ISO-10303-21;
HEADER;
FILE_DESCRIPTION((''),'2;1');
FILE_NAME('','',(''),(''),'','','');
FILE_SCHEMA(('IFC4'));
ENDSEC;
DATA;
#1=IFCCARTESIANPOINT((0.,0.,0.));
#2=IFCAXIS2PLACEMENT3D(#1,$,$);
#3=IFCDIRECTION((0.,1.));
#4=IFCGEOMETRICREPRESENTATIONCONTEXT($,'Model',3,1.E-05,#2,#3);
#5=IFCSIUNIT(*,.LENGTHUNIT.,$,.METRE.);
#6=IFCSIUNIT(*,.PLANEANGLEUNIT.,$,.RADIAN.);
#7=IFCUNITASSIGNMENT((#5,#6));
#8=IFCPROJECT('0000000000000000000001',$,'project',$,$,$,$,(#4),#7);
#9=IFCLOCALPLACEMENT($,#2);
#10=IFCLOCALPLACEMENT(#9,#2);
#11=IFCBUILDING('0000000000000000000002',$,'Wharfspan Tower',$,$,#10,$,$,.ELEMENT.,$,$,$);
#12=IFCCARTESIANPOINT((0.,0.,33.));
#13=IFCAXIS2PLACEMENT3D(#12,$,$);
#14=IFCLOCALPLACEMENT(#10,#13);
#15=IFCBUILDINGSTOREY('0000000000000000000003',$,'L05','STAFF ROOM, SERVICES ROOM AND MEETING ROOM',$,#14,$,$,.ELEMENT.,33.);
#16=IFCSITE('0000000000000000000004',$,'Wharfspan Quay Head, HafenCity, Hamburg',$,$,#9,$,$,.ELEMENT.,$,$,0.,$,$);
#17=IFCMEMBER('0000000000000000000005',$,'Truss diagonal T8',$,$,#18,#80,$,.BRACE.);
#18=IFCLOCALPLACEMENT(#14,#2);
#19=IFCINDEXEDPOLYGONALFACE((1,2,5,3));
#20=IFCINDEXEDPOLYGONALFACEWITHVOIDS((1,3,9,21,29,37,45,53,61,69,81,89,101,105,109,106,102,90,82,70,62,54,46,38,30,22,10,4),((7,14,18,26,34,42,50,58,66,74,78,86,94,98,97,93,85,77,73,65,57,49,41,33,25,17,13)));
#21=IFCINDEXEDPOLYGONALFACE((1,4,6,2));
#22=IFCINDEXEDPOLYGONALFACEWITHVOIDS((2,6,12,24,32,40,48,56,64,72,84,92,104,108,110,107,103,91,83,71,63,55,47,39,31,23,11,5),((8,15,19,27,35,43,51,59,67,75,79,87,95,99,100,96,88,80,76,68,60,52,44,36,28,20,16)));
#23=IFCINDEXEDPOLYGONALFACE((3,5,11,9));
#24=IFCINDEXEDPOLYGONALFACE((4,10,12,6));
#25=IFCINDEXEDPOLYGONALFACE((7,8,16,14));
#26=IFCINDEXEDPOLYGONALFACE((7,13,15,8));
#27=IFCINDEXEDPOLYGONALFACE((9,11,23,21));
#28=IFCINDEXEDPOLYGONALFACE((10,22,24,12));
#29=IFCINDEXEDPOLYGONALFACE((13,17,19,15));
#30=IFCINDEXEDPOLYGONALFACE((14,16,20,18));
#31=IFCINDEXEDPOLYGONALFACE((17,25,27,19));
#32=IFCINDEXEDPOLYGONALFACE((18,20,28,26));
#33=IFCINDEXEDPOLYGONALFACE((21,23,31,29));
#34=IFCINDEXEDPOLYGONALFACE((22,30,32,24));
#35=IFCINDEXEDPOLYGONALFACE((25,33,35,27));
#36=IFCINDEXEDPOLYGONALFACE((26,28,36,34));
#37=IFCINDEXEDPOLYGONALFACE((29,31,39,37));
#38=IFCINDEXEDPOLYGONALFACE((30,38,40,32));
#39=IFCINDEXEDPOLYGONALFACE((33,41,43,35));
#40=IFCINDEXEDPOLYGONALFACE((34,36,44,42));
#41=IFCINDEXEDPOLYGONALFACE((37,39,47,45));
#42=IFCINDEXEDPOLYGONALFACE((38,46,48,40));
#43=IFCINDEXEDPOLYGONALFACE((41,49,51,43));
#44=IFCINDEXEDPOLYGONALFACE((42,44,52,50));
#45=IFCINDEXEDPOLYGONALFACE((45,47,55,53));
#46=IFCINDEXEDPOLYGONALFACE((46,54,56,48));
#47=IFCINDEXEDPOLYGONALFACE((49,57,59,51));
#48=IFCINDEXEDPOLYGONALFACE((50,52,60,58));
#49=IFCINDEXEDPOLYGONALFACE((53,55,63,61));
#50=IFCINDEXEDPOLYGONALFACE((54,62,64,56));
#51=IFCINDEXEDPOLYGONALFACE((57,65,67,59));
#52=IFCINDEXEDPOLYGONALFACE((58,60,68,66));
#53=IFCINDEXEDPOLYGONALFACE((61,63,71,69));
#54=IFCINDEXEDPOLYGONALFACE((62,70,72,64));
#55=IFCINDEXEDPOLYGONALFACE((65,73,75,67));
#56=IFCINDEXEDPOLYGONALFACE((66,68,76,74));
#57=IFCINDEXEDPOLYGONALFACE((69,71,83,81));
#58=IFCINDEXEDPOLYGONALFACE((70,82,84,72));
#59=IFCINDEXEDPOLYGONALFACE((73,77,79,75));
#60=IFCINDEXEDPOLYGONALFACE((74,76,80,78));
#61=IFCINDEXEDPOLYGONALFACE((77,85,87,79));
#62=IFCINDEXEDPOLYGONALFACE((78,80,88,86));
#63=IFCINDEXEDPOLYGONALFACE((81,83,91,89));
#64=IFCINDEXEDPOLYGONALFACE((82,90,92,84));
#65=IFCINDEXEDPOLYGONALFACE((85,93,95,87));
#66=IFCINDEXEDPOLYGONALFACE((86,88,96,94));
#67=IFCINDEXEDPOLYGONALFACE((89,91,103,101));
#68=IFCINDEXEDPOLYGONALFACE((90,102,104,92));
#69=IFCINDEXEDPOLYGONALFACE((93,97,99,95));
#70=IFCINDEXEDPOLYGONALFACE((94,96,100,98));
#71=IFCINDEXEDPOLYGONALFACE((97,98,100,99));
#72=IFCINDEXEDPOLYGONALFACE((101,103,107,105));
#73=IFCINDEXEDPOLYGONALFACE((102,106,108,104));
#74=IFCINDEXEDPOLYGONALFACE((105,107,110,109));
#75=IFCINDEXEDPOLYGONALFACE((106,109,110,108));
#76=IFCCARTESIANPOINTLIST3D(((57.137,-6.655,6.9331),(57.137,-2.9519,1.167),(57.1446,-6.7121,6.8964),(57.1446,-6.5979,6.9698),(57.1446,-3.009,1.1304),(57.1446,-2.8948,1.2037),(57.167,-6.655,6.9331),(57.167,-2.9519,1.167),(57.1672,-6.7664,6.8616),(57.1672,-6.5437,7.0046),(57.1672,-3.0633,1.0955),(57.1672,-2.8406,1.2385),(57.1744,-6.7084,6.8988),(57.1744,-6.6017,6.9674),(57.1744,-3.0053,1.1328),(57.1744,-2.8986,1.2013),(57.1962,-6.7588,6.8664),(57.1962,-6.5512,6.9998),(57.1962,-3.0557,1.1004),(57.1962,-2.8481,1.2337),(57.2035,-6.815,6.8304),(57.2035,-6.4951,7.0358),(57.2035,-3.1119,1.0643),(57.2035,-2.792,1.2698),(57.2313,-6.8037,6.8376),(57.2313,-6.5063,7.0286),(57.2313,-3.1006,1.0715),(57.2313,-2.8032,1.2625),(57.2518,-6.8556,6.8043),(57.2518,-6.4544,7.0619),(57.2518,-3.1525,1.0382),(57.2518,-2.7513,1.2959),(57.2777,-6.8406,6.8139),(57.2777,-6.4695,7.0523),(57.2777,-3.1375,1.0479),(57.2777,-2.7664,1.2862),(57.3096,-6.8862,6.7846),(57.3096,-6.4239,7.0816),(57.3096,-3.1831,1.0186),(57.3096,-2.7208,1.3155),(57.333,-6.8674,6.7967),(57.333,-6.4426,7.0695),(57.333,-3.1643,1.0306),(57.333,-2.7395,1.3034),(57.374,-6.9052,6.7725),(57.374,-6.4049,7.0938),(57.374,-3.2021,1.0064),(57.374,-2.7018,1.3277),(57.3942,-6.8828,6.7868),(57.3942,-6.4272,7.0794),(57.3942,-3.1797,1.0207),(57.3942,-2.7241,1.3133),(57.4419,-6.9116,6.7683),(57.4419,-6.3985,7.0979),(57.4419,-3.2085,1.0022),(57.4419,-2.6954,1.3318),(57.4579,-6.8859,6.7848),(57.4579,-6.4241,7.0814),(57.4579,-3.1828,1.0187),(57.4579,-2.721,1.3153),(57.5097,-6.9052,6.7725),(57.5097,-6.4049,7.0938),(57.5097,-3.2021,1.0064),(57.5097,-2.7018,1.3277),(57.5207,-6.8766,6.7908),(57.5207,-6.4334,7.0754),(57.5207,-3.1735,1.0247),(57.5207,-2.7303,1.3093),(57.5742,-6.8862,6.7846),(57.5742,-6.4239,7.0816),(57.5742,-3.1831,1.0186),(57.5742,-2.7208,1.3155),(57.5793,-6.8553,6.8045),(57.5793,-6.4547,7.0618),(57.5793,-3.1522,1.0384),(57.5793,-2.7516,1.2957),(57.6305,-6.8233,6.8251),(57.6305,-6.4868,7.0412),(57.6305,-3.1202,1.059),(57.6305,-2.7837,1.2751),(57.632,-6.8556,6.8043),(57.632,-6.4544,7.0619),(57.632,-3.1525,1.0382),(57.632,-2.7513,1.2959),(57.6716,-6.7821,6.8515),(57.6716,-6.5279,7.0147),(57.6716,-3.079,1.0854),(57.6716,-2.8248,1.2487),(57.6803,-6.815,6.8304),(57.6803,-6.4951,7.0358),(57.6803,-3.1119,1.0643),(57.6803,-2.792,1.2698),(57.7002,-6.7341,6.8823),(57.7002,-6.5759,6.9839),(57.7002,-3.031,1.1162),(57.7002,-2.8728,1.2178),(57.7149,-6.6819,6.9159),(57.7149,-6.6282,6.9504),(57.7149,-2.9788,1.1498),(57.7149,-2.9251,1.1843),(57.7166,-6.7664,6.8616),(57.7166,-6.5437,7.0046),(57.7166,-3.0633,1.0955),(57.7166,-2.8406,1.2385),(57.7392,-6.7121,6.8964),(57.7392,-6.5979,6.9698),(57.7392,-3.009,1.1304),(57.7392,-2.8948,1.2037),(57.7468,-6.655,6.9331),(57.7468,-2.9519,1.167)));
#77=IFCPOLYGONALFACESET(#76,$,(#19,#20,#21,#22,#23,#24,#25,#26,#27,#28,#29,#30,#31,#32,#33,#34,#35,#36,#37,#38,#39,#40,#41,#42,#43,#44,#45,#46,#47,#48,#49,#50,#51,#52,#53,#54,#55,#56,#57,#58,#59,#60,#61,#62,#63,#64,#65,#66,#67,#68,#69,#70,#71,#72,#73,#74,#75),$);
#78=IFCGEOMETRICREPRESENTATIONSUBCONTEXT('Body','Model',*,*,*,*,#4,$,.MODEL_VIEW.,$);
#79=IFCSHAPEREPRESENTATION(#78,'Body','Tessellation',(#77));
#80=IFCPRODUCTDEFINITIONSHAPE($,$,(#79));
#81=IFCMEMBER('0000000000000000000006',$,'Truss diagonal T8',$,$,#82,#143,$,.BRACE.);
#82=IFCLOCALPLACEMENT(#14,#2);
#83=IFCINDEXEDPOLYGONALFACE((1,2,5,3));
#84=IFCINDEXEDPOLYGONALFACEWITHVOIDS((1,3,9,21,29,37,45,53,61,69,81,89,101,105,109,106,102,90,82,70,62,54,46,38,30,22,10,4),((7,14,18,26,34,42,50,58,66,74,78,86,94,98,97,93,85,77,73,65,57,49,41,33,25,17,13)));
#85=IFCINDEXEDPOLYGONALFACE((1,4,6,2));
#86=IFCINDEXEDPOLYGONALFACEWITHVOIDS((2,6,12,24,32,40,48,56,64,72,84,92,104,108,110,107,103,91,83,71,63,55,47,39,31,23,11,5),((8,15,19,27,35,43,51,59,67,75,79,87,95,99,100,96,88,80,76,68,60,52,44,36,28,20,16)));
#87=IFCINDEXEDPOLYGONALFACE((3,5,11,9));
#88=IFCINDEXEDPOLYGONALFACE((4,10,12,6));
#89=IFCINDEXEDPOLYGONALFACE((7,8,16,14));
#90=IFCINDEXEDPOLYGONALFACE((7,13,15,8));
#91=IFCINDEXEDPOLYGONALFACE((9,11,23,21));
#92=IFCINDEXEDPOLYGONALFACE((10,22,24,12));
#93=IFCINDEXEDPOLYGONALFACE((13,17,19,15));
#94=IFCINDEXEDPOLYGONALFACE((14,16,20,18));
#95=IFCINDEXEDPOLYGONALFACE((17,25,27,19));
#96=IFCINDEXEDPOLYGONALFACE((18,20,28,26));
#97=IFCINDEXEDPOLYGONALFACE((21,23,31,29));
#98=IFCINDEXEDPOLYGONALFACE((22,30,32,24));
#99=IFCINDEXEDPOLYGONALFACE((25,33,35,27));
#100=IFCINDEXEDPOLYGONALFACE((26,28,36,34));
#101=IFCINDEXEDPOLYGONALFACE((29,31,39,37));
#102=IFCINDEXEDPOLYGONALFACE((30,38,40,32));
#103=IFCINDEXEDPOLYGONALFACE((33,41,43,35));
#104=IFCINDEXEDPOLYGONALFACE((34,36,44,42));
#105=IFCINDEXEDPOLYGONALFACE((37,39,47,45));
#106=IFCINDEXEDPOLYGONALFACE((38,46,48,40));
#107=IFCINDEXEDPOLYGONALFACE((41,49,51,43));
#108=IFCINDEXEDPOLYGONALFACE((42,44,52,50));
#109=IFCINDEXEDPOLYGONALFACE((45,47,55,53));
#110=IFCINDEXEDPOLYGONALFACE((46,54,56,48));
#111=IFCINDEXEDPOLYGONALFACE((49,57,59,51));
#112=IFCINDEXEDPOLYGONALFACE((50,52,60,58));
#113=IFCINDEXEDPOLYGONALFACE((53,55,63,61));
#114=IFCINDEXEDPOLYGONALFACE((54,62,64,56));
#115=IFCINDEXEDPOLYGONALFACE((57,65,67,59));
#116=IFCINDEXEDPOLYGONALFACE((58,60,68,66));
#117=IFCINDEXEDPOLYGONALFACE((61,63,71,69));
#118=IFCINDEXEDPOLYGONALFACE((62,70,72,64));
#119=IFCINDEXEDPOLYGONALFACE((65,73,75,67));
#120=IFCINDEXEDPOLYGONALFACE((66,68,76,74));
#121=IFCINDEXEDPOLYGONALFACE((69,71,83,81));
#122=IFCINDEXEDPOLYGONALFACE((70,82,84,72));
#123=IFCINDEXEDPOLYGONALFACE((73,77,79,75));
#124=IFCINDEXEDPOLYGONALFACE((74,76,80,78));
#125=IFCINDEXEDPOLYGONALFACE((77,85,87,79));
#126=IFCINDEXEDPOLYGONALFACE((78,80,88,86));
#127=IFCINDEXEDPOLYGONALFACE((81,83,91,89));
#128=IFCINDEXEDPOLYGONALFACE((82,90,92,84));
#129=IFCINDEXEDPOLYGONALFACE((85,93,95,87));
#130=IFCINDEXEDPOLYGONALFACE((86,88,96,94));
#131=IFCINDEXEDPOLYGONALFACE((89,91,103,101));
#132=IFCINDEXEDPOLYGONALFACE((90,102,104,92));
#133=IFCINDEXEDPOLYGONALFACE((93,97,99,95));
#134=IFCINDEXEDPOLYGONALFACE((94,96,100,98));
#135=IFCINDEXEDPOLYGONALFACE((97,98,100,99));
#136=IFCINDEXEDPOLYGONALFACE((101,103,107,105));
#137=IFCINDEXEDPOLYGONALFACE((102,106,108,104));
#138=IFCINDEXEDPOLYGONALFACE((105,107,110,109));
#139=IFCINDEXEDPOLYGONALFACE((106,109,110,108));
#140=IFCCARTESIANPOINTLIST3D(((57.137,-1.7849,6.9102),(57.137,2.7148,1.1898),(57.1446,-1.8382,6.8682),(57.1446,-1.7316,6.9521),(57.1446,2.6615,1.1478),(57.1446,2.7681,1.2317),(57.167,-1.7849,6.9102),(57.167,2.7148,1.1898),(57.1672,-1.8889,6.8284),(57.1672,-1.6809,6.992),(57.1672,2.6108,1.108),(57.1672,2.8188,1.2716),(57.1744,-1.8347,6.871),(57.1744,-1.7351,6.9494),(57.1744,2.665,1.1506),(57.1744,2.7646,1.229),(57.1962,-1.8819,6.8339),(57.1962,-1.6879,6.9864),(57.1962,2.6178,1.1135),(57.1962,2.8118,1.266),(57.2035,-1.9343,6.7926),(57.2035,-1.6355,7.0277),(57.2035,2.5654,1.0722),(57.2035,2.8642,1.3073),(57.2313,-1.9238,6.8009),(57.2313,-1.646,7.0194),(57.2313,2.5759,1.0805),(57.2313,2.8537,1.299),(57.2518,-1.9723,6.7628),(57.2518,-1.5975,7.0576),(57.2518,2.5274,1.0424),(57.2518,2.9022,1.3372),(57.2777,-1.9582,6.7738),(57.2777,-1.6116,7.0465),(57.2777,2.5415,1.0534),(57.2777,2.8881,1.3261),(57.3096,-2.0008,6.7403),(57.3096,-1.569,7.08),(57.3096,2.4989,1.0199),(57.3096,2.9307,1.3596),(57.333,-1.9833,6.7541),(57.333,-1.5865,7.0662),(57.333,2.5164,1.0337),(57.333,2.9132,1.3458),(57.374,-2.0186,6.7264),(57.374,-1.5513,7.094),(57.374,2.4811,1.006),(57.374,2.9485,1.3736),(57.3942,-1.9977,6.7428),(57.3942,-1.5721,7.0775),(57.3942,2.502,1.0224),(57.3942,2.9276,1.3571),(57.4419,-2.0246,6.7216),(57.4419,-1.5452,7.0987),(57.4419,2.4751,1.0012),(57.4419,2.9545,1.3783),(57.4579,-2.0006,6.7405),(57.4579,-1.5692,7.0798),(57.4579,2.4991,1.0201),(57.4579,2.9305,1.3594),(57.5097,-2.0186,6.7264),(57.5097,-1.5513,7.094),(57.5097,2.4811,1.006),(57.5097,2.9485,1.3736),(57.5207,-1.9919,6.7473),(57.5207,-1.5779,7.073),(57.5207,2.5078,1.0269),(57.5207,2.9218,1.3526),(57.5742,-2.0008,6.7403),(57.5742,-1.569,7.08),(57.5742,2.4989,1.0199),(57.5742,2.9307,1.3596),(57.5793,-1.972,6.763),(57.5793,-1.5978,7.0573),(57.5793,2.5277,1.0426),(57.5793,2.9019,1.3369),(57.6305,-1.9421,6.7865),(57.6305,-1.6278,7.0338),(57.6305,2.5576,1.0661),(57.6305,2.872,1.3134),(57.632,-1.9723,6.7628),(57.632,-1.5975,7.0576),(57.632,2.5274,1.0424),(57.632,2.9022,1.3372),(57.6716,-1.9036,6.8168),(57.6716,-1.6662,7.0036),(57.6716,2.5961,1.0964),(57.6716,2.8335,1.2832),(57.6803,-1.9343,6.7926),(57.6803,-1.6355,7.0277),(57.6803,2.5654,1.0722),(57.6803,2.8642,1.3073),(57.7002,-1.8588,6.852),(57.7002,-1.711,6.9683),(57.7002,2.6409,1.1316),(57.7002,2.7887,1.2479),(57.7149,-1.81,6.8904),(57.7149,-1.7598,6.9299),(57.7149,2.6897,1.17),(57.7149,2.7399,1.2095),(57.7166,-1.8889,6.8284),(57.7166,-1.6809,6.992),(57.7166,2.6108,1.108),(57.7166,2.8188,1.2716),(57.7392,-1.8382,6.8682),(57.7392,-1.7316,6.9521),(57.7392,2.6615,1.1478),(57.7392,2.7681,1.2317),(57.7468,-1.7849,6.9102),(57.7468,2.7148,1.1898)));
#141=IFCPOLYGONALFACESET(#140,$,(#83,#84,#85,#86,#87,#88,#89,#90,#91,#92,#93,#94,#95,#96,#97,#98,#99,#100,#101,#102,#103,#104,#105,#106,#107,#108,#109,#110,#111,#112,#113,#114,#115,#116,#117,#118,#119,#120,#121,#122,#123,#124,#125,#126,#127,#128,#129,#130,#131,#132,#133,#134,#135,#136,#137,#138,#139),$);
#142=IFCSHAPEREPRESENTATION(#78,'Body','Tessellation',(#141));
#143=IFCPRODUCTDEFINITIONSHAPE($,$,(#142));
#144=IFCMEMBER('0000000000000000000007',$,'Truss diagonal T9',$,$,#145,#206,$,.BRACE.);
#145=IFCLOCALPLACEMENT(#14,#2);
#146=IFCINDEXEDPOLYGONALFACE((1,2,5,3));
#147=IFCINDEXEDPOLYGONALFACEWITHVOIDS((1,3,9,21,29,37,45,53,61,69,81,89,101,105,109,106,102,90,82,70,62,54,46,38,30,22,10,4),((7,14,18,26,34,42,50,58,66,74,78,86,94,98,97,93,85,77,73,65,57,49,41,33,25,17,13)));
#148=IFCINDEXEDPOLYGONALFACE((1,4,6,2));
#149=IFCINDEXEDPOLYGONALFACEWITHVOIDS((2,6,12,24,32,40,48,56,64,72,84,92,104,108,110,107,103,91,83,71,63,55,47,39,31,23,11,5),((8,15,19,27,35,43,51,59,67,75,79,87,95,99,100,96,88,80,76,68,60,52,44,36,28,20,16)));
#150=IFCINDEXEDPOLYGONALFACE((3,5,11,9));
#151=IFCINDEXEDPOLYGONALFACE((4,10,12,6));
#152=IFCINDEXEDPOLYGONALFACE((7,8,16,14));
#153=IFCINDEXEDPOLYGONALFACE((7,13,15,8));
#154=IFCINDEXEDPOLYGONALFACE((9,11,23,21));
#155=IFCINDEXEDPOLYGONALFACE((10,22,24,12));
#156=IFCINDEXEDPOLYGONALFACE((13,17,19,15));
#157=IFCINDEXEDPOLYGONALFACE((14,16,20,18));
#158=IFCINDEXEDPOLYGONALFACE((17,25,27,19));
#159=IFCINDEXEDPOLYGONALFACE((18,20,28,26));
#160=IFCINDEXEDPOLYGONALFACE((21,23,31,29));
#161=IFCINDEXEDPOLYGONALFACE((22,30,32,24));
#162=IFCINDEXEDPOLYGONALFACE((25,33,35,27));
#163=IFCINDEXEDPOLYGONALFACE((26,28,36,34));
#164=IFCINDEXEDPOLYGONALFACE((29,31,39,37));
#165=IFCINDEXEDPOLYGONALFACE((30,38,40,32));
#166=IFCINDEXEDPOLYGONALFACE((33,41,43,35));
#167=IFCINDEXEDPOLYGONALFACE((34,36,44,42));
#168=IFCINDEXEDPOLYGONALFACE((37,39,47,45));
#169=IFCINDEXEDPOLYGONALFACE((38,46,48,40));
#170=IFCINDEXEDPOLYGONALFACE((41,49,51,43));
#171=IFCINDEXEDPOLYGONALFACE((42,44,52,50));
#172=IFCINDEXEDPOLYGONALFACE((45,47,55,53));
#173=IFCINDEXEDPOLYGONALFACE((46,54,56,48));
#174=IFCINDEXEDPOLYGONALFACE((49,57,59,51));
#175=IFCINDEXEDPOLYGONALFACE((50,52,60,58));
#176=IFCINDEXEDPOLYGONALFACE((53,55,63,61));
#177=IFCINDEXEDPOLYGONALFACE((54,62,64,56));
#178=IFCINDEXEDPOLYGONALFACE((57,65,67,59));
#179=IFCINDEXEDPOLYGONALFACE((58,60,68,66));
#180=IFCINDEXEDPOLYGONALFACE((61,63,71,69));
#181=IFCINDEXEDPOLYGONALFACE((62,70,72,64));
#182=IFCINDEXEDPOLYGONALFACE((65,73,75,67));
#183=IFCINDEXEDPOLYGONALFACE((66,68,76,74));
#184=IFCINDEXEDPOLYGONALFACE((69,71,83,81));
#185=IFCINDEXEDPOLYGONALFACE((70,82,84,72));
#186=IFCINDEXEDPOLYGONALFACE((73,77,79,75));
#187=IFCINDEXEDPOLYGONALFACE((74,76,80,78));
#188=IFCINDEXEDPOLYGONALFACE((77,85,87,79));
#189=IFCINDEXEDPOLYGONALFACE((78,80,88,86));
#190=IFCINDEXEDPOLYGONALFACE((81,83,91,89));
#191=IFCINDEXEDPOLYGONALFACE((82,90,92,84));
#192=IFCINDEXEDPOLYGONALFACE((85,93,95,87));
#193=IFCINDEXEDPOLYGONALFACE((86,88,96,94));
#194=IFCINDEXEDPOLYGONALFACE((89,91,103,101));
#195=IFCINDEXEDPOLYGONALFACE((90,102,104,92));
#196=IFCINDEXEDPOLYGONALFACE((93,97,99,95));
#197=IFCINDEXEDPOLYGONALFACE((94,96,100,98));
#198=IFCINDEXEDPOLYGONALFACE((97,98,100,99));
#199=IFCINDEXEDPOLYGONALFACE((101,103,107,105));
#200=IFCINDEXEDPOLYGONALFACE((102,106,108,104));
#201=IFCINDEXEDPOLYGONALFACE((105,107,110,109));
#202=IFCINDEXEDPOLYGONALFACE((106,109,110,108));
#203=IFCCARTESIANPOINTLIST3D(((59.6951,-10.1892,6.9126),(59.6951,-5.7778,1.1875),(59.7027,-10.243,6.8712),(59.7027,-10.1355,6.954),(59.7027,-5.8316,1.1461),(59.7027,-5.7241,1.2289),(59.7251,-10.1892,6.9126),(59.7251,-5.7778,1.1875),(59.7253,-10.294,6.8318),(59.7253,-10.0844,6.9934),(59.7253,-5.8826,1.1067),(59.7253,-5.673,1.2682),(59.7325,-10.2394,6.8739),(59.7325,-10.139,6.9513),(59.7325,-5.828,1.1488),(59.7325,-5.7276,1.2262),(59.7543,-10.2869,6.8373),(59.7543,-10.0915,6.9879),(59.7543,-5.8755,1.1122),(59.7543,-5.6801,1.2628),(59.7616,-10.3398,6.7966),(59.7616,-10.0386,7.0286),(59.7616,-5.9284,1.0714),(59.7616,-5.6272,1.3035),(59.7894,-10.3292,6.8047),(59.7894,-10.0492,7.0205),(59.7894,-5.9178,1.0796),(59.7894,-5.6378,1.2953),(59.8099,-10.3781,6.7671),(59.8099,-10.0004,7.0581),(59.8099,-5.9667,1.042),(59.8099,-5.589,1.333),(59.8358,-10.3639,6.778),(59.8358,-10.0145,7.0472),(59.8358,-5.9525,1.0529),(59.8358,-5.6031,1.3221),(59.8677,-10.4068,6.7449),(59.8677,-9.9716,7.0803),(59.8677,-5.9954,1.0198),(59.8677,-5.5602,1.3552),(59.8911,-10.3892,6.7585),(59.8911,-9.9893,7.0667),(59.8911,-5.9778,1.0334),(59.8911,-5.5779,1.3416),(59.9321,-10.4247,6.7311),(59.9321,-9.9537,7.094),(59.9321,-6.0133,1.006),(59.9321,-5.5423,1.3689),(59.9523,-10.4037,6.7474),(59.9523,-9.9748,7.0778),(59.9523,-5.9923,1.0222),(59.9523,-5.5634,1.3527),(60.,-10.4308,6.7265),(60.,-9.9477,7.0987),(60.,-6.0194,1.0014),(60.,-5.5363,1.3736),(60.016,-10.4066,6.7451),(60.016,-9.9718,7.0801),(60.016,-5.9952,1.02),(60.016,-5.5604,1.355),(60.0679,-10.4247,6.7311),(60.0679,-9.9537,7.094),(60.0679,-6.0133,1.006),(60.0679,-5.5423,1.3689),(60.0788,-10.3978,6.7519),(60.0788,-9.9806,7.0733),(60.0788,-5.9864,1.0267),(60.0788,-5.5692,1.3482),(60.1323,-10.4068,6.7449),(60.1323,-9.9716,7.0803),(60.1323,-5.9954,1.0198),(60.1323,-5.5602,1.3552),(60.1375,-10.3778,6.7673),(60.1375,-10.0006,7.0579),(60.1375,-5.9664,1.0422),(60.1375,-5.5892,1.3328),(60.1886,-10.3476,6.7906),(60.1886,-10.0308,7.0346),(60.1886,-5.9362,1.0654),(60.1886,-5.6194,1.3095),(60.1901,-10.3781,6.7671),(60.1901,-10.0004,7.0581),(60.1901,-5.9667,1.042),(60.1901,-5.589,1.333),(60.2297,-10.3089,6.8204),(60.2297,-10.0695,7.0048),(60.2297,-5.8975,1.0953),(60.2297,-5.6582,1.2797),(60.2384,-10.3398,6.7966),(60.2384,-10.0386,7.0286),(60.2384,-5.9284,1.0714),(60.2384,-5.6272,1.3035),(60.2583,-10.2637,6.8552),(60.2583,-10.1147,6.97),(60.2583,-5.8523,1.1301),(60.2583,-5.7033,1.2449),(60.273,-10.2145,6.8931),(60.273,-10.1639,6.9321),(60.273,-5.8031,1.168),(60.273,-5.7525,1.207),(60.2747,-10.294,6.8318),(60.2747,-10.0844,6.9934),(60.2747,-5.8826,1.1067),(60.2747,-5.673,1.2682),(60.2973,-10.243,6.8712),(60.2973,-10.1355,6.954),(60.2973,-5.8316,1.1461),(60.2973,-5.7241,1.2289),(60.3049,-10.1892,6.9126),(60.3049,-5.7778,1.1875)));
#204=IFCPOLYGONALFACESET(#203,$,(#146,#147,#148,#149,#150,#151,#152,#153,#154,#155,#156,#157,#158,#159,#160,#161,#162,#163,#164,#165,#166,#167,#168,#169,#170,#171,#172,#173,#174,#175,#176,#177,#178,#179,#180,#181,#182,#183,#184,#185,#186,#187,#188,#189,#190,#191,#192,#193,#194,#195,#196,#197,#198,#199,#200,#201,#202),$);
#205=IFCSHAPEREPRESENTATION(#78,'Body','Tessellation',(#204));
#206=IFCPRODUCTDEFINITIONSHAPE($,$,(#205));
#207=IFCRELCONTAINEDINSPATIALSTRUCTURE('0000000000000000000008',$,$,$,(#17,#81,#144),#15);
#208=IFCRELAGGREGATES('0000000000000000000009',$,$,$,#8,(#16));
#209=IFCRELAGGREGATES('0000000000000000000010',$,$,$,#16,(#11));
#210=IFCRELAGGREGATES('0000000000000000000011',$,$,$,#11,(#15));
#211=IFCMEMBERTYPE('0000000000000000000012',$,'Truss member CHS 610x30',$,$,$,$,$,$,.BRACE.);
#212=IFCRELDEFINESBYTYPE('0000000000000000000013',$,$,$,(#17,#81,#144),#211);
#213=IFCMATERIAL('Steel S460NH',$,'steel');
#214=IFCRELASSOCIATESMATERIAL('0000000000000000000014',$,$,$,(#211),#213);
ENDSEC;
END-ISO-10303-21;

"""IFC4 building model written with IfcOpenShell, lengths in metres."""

from ifc_helpers import new_model, si_unit, direction, frame, origin, origin_2d, place, context, subcontext, project, spatial, hollow_circle, extrude, material, material_profile, profile_set, type_object, element, save


model = new_model("IFC4")

# Units and contexts
model_context = context("Model", 3, precision=1e-05, world=origin(), true_north=direction((0.0, 1.0)))
body_context = subcontext(model_context, "Body", "Model", "MODEL_VIEW")
ifc_project = project(units=[si_unit("LENGTHUNIT", "METRE"), si_unit("PLANEANGLEUNIT", "RADIAN")], contexts=[model_context])

# Site, building, storey
site_placement = place(None, origin())
site = spatial("IfcSite", under=ifc_project, at=site_placement, Name="Wharfspan Quay Head, HafenCity, Hamburg", CompositionType="ELEMENT", RefElevation=0.0)
building_placement = place(site_placement, origin())
building = spatial("IfcBuilding", under=site, at=building_placement, Name="Wharfspan Tower", CompositionType="ELEMENT")
storey_placement = place(building_placement, frame((0.0, 0.0, 33.0)))
storey = spatial("IfcBuildingStorey", under=building, at=storey_placement, Name="L05", Description="STAFF ROOM, SERVICES ROOM AND MEETING ROOM", CompositionType="ELEMENT", Elevation=33.0)

# Members
ifc_material_1 = material(Name="Steel S460NH", Category="steel")
ifc_material_profile_1 = material_profile(ifc_material_1, hollow_circle(Radius=0.3049, WallThickness=0.03, at=origin_2d()))
ifc_profile_set_1 = profile_set([ifc_material_profile_1], Name="Steel S460NH")
member_type_1 = type_object("IfcMemberType", Name="Truss member CHS 610x30", PredefinedType="BRACE", material=ifc_profile_set_1)
member_1_placement = place(storey_placement, frame((57.4419, -6.655, 6.9331), z_axis=(0.0, 0.540379, -0.841421), x_axis=(-1.0, 0.0, 0.0)))
element("IfcMember", 1, at=member_1_placement, inside=storey, type_object=member_type_1, Name="Truss diagonal T8", PredefinedType="BRACE", context=body_context, shape_type="SweptSolid", body=[
    extrude(hollow_circle(Radius=0.3049, WallThickness=0.03, at=origin_2d()), origin(), (0.0, 0.0, 1.0), 6.8528),
])
member_2_placement = place(storey_placement, frame((57.4419, -1.7849, 6.9102), z_axis=(0.0, 0.618256, -0.785977), x_axis=(-1.0, 0.0, 0.0)))
element("IfcMember", 2, at=member_2_placement, inside=storey, type_object=member_type_1, Name="Truss diagonal T8", PredefinedType="BRACE", context=body_context, shape_type="SweptSolid", body=[
    extrude(hollow_circle(Radius=0.3049, WallThickness=0.03, at=origin_2d()), origin(), (0.0, 0.0, 1.0), 7.2781),
])
member_3_placement = place(storey_placement, frame((60.0, -10.1892, 6.9126), z_axis=(0.0, 0.610359, -0.792125), x_axis=(-1.0, 0.0, 0.0)))
element("IfcMember", 3, at=member_3_placement, inside=storey, type_object=member_type_1, Name="Truss diagonal T9", PredefinedType="BRACE", context=body_context, shape_type="SweptSolid", body=[
    extrude(hollow_circle(Radius=0.3049, WallThickness=0.03, at=origin_2d()), origin(), (0.0, 0.0, 1.0), 7.2275),
])

save(model, "model.ifc")
